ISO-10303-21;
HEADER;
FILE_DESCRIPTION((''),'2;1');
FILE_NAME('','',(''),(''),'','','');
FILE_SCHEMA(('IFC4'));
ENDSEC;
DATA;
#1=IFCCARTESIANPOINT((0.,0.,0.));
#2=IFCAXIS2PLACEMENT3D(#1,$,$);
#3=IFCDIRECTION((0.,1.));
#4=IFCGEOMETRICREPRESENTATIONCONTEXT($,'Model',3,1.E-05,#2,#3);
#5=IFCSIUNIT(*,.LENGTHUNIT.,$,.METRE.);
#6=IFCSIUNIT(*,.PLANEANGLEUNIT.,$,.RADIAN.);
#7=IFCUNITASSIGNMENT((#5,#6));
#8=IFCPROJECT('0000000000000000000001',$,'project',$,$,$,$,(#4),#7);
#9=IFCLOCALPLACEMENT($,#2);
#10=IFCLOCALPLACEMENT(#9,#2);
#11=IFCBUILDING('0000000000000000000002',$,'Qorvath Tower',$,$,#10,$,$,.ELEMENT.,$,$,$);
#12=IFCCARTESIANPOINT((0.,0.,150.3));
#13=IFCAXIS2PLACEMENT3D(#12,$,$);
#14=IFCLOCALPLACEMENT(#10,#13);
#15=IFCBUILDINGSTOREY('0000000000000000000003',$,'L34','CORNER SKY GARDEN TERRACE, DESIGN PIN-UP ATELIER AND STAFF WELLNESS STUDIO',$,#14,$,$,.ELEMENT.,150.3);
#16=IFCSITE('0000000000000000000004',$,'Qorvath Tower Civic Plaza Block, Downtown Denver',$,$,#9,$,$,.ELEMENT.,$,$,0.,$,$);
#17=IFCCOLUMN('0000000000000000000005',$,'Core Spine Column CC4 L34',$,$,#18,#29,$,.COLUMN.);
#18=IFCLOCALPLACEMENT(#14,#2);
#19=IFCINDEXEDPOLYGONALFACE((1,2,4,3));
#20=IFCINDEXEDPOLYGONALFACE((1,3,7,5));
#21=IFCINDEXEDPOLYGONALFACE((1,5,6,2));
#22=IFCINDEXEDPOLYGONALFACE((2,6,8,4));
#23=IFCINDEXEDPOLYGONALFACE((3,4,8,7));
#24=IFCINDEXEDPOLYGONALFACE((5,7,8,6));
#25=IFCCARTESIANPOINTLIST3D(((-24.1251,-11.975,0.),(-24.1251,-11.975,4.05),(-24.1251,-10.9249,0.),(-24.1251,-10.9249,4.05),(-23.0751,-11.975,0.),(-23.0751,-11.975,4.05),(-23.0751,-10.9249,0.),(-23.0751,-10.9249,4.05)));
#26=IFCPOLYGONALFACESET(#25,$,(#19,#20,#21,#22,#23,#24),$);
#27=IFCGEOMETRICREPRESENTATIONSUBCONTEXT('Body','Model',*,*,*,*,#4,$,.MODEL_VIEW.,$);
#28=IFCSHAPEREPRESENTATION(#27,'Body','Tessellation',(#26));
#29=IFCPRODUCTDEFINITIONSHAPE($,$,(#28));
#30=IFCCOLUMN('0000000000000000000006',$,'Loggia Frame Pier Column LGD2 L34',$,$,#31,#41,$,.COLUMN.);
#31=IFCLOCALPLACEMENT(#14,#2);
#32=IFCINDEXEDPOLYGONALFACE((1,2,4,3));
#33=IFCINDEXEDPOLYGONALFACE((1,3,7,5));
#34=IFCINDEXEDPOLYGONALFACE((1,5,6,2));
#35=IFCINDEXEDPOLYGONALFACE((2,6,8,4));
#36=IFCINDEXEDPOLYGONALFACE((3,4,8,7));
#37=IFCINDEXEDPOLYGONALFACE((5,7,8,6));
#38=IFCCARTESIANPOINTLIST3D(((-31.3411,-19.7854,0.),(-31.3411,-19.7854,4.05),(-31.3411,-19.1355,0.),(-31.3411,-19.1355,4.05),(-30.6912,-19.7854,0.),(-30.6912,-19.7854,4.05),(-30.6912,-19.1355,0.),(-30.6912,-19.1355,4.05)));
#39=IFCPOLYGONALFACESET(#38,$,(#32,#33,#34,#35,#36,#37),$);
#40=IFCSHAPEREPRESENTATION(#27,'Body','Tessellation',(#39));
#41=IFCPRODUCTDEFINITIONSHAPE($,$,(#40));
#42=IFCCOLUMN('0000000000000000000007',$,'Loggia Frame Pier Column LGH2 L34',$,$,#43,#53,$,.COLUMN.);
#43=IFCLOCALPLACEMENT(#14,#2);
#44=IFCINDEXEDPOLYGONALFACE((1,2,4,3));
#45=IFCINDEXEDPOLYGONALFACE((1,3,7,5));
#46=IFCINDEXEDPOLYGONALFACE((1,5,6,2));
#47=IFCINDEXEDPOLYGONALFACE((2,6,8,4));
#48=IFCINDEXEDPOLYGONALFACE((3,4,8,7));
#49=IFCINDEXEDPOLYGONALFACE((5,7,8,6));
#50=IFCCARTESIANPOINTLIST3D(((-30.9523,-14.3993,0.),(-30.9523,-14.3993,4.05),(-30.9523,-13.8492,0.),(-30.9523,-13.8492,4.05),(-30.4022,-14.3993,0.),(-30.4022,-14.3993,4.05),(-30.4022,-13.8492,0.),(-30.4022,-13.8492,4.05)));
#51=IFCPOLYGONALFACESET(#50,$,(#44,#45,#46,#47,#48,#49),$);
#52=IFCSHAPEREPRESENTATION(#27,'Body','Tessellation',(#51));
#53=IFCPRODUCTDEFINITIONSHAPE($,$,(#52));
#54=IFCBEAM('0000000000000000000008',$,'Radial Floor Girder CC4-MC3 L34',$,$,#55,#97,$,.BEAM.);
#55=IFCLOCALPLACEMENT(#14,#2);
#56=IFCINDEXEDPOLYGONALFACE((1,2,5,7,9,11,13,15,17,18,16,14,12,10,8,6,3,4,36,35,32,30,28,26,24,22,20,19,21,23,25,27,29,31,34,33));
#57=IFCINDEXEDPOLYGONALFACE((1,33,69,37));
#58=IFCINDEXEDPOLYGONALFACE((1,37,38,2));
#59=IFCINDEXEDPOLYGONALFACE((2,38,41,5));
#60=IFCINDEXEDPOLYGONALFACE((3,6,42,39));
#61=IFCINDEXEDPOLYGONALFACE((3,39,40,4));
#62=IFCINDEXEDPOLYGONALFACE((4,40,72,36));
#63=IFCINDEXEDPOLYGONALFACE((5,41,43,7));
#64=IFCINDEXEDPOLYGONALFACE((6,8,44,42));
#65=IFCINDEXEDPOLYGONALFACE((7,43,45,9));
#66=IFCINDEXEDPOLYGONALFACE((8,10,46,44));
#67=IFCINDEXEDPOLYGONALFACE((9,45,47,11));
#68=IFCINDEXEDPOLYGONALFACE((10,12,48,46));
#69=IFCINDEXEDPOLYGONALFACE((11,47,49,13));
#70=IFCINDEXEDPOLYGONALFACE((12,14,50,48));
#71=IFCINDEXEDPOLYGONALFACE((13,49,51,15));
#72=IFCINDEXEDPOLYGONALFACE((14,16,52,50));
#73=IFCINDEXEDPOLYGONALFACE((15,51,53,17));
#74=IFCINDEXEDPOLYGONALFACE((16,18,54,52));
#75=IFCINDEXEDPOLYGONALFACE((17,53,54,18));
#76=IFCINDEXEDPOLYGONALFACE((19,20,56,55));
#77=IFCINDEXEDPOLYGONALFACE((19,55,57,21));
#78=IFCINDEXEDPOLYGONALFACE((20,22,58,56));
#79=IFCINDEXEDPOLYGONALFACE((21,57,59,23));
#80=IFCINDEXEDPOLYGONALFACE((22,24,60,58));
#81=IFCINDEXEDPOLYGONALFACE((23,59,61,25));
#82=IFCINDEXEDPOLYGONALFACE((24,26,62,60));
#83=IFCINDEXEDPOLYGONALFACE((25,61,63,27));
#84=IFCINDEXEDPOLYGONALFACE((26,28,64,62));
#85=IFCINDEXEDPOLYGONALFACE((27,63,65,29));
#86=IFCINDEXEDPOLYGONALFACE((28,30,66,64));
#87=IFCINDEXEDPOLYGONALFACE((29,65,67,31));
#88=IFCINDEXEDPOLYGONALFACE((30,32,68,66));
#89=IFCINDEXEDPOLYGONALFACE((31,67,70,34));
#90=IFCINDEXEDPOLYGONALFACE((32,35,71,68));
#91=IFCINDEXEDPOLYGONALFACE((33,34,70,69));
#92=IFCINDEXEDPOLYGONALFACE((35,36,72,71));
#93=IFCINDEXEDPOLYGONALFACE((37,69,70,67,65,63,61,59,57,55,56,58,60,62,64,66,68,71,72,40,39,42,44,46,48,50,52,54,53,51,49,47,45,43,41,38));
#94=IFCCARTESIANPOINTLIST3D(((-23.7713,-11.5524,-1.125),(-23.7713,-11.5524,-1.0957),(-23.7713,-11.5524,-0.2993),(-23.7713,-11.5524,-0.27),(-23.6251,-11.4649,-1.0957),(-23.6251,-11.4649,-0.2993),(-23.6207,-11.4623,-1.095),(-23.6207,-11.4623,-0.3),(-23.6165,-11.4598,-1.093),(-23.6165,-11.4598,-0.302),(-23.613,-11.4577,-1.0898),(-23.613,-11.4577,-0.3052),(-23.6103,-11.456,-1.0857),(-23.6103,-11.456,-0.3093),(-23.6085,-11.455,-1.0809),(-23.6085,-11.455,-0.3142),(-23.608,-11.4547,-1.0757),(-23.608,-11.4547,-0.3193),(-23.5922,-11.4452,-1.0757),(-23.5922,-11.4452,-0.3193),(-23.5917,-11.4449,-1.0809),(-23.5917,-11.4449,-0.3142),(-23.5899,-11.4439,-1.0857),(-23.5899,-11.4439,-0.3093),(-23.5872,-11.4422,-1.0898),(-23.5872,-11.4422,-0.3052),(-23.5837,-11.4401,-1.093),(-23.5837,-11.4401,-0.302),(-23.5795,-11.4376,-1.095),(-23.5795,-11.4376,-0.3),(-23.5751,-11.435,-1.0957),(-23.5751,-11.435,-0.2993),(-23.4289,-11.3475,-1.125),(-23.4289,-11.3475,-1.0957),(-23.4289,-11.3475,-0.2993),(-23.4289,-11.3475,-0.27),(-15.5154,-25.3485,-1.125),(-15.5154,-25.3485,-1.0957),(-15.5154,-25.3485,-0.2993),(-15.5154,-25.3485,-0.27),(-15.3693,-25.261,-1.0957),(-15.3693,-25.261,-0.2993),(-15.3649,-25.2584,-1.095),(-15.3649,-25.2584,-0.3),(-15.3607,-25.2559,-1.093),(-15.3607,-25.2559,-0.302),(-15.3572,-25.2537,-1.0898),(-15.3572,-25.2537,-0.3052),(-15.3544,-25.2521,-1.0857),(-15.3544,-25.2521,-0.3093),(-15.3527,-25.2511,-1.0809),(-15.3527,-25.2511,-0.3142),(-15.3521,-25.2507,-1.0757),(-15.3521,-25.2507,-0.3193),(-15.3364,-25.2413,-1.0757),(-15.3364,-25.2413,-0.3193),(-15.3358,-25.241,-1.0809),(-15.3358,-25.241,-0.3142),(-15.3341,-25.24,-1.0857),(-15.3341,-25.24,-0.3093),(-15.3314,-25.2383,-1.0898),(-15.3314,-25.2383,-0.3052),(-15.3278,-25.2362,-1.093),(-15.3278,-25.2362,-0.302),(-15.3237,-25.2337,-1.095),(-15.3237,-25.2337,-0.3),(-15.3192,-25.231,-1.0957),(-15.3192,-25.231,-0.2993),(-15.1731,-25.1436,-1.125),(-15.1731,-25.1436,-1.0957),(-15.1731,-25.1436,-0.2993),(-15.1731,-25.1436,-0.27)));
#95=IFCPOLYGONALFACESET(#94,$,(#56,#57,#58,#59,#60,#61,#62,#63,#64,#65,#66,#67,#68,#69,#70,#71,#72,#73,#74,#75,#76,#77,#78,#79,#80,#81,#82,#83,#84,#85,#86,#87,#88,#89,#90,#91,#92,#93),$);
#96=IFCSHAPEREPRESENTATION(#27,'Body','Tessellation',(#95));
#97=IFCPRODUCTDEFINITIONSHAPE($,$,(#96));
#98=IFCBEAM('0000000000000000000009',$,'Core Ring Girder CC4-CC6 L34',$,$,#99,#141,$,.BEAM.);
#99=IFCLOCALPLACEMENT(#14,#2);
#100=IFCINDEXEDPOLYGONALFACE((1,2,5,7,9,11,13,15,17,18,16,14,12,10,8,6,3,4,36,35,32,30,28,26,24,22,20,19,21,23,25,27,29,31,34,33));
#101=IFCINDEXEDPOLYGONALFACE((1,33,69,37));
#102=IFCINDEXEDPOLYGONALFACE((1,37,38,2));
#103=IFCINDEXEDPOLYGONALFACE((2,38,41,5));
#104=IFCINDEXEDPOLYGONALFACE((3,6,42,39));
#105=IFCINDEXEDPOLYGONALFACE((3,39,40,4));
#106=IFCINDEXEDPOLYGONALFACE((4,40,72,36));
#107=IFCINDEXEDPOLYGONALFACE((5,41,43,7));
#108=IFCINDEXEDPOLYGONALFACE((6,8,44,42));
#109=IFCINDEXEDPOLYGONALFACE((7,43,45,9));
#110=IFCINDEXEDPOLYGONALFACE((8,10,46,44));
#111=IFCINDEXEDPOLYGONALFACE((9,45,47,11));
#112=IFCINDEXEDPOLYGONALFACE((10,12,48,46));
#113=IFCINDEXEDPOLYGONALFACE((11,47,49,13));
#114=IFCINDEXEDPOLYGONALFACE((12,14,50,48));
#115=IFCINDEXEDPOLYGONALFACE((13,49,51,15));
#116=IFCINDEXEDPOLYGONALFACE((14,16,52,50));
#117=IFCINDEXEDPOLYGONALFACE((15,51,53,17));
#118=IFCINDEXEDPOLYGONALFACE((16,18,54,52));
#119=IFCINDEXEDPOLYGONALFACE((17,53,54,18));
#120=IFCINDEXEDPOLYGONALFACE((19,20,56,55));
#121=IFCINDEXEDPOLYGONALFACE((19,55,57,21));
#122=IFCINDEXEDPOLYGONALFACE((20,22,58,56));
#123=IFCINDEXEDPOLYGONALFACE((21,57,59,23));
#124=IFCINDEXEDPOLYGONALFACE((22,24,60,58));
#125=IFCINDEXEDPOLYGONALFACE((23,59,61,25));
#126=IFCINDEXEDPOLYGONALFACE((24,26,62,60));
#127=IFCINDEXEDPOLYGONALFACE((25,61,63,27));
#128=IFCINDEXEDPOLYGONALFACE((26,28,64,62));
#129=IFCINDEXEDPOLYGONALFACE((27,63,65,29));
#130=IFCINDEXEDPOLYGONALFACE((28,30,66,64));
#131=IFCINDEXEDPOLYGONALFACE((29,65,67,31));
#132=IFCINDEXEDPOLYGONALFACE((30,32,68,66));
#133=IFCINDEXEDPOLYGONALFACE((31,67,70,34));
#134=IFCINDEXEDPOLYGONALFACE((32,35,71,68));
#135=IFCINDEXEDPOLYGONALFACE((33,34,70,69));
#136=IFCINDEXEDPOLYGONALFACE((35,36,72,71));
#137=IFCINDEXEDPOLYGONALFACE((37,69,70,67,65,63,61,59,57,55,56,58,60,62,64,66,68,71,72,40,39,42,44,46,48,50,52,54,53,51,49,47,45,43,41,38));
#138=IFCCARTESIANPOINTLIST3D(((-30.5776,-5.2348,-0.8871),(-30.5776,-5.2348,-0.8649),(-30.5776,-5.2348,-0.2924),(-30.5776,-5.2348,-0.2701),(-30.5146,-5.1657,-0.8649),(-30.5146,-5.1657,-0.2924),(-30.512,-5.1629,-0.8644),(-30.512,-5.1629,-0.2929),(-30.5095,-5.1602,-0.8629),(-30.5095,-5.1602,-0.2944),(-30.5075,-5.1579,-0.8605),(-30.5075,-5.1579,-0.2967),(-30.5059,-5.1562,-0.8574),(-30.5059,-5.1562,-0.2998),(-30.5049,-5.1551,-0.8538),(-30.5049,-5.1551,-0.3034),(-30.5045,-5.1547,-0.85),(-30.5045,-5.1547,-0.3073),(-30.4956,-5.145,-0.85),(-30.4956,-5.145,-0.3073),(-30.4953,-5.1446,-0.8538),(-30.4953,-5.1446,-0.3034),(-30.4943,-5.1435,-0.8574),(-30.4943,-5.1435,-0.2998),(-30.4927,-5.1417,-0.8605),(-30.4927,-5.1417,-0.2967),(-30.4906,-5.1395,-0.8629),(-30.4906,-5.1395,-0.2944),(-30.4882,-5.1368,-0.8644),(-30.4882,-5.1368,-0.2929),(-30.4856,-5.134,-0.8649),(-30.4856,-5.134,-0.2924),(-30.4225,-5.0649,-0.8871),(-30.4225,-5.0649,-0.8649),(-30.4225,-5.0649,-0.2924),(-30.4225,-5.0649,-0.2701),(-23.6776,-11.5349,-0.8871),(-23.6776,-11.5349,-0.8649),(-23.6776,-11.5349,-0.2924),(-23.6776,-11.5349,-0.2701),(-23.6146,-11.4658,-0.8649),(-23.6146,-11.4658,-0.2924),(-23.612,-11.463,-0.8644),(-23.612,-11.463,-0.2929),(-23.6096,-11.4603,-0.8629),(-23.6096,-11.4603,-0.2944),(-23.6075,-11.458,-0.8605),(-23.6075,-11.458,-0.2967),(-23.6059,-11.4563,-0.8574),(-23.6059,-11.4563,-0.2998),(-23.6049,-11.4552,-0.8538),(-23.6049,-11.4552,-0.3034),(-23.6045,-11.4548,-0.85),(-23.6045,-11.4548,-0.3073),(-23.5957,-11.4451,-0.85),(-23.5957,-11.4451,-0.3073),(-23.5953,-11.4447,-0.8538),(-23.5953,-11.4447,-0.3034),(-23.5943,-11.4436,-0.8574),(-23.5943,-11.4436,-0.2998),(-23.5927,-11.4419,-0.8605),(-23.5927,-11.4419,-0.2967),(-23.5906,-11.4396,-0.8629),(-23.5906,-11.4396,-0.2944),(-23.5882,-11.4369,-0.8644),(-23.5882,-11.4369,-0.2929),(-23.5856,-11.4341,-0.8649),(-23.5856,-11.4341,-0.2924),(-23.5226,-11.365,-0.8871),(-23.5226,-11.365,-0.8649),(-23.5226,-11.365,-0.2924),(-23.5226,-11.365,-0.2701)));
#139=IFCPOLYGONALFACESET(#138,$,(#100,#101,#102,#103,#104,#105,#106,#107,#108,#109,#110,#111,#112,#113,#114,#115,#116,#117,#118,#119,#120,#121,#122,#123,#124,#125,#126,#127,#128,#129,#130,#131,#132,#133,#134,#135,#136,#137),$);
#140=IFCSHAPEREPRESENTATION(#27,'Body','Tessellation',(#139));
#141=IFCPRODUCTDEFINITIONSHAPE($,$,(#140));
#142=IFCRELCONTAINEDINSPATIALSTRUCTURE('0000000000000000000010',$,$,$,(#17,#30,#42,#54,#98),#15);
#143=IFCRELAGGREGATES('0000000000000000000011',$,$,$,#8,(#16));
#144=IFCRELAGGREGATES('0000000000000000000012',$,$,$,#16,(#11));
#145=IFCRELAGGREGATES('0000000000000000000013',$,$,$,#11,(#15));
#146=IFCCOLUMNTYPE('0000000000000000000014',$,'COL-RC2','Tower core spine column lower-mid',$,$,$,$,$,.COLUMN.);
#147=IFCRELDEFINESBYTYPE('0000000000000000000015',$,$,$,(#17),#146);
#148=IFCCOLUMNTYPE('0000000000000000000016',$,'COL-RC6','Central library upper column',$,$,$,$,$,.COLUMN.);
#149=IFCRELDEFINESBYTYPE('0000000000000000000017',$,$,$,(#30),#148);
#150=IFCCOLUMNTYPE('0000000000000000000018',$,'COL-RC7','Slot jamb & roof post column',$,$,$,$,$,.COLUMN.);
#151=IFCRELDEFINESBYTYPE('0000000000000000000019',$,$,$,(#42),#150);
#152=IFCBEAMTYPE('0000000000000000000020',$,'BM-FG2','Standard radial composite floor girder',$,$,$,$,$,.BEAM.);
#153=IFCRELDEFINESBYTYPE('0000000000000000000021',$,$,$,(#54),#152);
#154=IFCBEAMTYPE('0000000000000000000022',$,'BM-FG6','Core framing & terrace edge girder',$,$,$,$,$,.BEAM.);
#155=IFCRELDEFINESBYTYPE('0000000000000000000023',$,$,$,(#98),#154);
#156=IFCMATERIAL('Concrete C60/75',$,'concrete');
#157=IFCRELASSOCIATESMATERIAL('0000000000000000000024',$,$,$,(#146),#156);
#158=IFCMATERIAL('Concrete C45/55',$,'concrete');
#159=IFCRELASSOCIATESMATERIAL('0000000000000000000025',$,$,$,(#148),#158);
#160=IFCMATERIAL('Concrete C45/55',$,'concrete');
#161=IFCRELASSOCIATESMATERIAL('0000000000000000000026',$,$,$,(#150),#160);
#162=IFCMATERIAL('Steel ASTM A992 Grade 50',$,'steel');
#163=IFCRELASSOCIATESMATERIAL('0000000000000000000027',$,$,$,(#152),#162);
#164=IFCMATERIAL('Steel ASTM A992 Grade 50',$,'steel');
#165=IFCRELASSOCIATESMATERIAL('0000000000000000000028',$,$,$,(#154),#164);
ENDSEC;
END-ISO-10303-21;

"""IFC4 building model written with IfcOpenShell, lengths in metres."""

from ifc_helpers import new_model, si_unit, direction, frame, origin, origin_2d, place, context, subcontext, project, spatial, rectangle, i_section, extrude, material, material_profile, profile_set, type_object, element, save


model = new_model("IFC4")

# Units and contexts
model_context = context("Model", 3, precision=1e-05, world=origin(), true_north=direction((0.0, 1.0)))
body_context = subcontext(model_context, "Body", "Model", "MODEL_VIEW")
ifc_project = project(units=[si_unit("LENGTHUNIT", "METRE"), si_unit("PLANEANGLEUNIT", "RADIAN")], contexts=[model_context])

# Site, building, storey
site_placement = place(None, origin())
site = spatial("IfcSite", under=ifc_project, at=site_placement, Name="Qorvath Tower Civic Plaza Block, Downtown Denver", CompositionType="ELEMENT", RefElevation=0.0)
building_placement = place(site_placement, origin())
building = spatial("IfcBuilding", under=site, at=building_placement, Name="Qorvath Tower", CompositionType="ELEMENT")
storey_placement = place(building_placement, frame((0.0, 0.0, 150.3)))
storey = spatial("IfcBuildingStorey", under=building, at=storey_placement, Name="L34", Description="CORNER SKY GARDEN TERRACE, DESIGN PIN-UP ATELIER AND STAFF WELLNESS STUDIO", CompositionType="ELEMENT", Elevation=150.3)

# Columns
ifc_material_1 = material(Name="Concrete C60/75", Category="concrete")
ifc_material_profile_1 = material_profile(ifc_material_1, rectangle(XDim=1.05, YDim=1.05, at=origin_2d()), Name="RC 1050x1050")
ifc_profile_set_1 = profile_set([ifc_material_profile_1], Name="Concrete C60/75")
column_type_1 = type_object("IfcColumnType", Name="COL-RC2", Description="Tower core spine column lower-mid", PredefinedType="COLUMN", material=ifc_profile_set_1)
column_1_placement = place(storey_placement, frame((-23.6001, -11.45, 0.0), z_axis=(0.0, 0.0, 1.0), x_axis=(1.0, 0.0, 0.0)))
element("IfcColumn", 1, at=column_1_placement, inside=storey, type_object=column_type_1, Name="Core Spine Column CC4 L34", PredefinedType="COLUMN", context=body_context, shape_type="SweptSolid", body=[
    extrude(rectangle(XDim=1.05, YDim=1.05, at=origin_2d()), origin(), (0.0, 0.0, 1.0), 4.05),
])
ifc_material_2 = material(Name="Concrete C45/55", Category="concrete")
ifc_material_profile_2 = material_profile(ifc_material_2, rectangle(XDim=0.6499, YDim=0.6499, at=origin_2d()), Name="RC 650x650")
ifc_profile_set_2 = profile_set([ifc_material_profile_2], Name="Concrete C45/55")
column_type_2 = type_object("IfcColumnType", Name="COL-RC6", Description="Central library upper column", PredefinedType="COLUMN", material=ifc_profile_set_2)
column_2_placement = place(storey_placement, frame((-31.0161, -19.4604, 0.0), z_axis=(0.0, 0.0, 1.0), x_axis=(1.0, 0.0, 0.0)))
element("IfcColumn", 2, at=column_2_placement, inside=storey, type_object=column_type_2, Name="Loggia Frame Pier Column LGD2 L34", PredefinedType="COLUMN", context=body_context, shape_type="SweptSolid", body=[
    extrude(rectangle(XDim=0.6499, YDim=0.6499, at=origin_2d()), origin(), (0.0, 0.0, 1.0), 4.05),
])
ifc_material_3 = material(Name="Concrete C45/55", Category="concrete")
ifc_material_profile_3 = material_profile(ifc_material_3, rectangle(XDim=0.55, YDim=0.55, at=origin_2d()), Name="RC 550x550")
ifc_profile_set_3 = profile_set([ifc_material_profile_3], Name="Concrete C45/55")
column_type_3 = type_object("IfcColumnType", Name="COL-RC7", Description="Slot jamb & roof post column", PredefinedType="COLUMN", material=ifc_profile_set_3)
column_3_placement = place(storey_placement, frame((-30.6772, -14.1243, 0.0), z_axis=(0.0, 0.0, 1.0), x_axis=(1.0, 0.0, 0.0)))
element("IfcColumn", 3, at=column_3_placement, inside=storey, type_object=column_type_3, Name="Loggia Frame Pier Column LGH2 L34", PredefinedType="COLUMN", context=body_context, shape_type="SweptSolid", body=[
    extrude(rectangle(XDim=0.55, YDim=0.55, at=origin_2d()), origin(), (0.0, 0.0, 1.0), 4.05),
])

# Beams
ifc_material_4 = material(Name="Steel ASTM A992 Grade 50", Category="steel")
ifc_material_profile_4 = material_profile(ifc_material_4, i_section(OverallWidth=0.3989, OverallDepth=0.855, WebThickness=0.0183, FlangeThickness=0.0293, FilletRadius=0.02, at=origin_2d()), Name="W33x201")
ifc_profile_set_4 = profile_set([ifc_material_profile_4], Name="Steel ASTM A992 Grade 50")
beam_type_1 = type_object("IfcBeamType", Name="BM-FG2", Description="Standard radial composite floor girder", PredefinedType="BEAM", material=ifc_profile_set_4)
beam_1_placement = place(storey_placement, frame((-23.6001, -11.45, -0.6975), z_axis=(0.513497, -0.858091, 0.0), x_axis=(0.858091, 0.513497, 0.0)))
element("IfcBeam", 4, at=beam_1_placement, inside=storey, type_object=beam_type_1, Name="Radial Floor Girder CC4-MC3 L34", PredefinedType="BEAM", context=body_context, shape_type="SweptSolid", body=[
    extrude(i_section(OverallWidth=0.3989, OverallDepth=0.855, WebThickness=0.0183, FlangeThickness=0.0293, FilletRadius=0.02, at=origin_2d()), origin(), (0.0, 0.0, 1.0), 16.0776),
])
ifc_material_5 = material(Name="Steel ASTM A992 Grade 50", Category="steel")
ifc_material_profile_5 = material_profile(ifc_material_5, i_section(OverallWidth=0.23, OverallDepth=0.6169, WebThickness=0.0132, FlangeThickness=0.0222, FilletRadius=0.0149, at=origin_2d()), Name="W24x94")
ifc_profile_set_5 = profile_set([ifc_material_profile_5], Name="Steel ASTM A992 Grade 50")
beam_type_2 = type_object("IfcBeamType", Name="BM-FG6", Description="Core framing & terrace edge girder", PredefinedType="BEAM", material=ifc_profile_set_5)
beam_2_placement = place(storey_placement, frame((-23.6001, -11.45, -0.5786), z_axis=(-0.738478, 0.674277, 0.0), x_axis=(-0.674277, -0.738478, 0.0)))
element("IfcBeam", 5, at=beam_2_placement, inside=storey, type_object=beam_type_2, Name="Core Ring Girder CC4-CC6 L34", PredefinedType="BEAM", context=body_context, shape_type="SweptSolid", body=[
    extrude(i_section(OverallWidth=0.23, OverallDepth=0.6169, WebThickness=0.0132, FlangeThickness=0.0222, FilletRadius=0.0149, at=origin_2d()), origin(), (0.0, 0.0, 1.0), 9.3435),
])

save(model, "model.ifc")
